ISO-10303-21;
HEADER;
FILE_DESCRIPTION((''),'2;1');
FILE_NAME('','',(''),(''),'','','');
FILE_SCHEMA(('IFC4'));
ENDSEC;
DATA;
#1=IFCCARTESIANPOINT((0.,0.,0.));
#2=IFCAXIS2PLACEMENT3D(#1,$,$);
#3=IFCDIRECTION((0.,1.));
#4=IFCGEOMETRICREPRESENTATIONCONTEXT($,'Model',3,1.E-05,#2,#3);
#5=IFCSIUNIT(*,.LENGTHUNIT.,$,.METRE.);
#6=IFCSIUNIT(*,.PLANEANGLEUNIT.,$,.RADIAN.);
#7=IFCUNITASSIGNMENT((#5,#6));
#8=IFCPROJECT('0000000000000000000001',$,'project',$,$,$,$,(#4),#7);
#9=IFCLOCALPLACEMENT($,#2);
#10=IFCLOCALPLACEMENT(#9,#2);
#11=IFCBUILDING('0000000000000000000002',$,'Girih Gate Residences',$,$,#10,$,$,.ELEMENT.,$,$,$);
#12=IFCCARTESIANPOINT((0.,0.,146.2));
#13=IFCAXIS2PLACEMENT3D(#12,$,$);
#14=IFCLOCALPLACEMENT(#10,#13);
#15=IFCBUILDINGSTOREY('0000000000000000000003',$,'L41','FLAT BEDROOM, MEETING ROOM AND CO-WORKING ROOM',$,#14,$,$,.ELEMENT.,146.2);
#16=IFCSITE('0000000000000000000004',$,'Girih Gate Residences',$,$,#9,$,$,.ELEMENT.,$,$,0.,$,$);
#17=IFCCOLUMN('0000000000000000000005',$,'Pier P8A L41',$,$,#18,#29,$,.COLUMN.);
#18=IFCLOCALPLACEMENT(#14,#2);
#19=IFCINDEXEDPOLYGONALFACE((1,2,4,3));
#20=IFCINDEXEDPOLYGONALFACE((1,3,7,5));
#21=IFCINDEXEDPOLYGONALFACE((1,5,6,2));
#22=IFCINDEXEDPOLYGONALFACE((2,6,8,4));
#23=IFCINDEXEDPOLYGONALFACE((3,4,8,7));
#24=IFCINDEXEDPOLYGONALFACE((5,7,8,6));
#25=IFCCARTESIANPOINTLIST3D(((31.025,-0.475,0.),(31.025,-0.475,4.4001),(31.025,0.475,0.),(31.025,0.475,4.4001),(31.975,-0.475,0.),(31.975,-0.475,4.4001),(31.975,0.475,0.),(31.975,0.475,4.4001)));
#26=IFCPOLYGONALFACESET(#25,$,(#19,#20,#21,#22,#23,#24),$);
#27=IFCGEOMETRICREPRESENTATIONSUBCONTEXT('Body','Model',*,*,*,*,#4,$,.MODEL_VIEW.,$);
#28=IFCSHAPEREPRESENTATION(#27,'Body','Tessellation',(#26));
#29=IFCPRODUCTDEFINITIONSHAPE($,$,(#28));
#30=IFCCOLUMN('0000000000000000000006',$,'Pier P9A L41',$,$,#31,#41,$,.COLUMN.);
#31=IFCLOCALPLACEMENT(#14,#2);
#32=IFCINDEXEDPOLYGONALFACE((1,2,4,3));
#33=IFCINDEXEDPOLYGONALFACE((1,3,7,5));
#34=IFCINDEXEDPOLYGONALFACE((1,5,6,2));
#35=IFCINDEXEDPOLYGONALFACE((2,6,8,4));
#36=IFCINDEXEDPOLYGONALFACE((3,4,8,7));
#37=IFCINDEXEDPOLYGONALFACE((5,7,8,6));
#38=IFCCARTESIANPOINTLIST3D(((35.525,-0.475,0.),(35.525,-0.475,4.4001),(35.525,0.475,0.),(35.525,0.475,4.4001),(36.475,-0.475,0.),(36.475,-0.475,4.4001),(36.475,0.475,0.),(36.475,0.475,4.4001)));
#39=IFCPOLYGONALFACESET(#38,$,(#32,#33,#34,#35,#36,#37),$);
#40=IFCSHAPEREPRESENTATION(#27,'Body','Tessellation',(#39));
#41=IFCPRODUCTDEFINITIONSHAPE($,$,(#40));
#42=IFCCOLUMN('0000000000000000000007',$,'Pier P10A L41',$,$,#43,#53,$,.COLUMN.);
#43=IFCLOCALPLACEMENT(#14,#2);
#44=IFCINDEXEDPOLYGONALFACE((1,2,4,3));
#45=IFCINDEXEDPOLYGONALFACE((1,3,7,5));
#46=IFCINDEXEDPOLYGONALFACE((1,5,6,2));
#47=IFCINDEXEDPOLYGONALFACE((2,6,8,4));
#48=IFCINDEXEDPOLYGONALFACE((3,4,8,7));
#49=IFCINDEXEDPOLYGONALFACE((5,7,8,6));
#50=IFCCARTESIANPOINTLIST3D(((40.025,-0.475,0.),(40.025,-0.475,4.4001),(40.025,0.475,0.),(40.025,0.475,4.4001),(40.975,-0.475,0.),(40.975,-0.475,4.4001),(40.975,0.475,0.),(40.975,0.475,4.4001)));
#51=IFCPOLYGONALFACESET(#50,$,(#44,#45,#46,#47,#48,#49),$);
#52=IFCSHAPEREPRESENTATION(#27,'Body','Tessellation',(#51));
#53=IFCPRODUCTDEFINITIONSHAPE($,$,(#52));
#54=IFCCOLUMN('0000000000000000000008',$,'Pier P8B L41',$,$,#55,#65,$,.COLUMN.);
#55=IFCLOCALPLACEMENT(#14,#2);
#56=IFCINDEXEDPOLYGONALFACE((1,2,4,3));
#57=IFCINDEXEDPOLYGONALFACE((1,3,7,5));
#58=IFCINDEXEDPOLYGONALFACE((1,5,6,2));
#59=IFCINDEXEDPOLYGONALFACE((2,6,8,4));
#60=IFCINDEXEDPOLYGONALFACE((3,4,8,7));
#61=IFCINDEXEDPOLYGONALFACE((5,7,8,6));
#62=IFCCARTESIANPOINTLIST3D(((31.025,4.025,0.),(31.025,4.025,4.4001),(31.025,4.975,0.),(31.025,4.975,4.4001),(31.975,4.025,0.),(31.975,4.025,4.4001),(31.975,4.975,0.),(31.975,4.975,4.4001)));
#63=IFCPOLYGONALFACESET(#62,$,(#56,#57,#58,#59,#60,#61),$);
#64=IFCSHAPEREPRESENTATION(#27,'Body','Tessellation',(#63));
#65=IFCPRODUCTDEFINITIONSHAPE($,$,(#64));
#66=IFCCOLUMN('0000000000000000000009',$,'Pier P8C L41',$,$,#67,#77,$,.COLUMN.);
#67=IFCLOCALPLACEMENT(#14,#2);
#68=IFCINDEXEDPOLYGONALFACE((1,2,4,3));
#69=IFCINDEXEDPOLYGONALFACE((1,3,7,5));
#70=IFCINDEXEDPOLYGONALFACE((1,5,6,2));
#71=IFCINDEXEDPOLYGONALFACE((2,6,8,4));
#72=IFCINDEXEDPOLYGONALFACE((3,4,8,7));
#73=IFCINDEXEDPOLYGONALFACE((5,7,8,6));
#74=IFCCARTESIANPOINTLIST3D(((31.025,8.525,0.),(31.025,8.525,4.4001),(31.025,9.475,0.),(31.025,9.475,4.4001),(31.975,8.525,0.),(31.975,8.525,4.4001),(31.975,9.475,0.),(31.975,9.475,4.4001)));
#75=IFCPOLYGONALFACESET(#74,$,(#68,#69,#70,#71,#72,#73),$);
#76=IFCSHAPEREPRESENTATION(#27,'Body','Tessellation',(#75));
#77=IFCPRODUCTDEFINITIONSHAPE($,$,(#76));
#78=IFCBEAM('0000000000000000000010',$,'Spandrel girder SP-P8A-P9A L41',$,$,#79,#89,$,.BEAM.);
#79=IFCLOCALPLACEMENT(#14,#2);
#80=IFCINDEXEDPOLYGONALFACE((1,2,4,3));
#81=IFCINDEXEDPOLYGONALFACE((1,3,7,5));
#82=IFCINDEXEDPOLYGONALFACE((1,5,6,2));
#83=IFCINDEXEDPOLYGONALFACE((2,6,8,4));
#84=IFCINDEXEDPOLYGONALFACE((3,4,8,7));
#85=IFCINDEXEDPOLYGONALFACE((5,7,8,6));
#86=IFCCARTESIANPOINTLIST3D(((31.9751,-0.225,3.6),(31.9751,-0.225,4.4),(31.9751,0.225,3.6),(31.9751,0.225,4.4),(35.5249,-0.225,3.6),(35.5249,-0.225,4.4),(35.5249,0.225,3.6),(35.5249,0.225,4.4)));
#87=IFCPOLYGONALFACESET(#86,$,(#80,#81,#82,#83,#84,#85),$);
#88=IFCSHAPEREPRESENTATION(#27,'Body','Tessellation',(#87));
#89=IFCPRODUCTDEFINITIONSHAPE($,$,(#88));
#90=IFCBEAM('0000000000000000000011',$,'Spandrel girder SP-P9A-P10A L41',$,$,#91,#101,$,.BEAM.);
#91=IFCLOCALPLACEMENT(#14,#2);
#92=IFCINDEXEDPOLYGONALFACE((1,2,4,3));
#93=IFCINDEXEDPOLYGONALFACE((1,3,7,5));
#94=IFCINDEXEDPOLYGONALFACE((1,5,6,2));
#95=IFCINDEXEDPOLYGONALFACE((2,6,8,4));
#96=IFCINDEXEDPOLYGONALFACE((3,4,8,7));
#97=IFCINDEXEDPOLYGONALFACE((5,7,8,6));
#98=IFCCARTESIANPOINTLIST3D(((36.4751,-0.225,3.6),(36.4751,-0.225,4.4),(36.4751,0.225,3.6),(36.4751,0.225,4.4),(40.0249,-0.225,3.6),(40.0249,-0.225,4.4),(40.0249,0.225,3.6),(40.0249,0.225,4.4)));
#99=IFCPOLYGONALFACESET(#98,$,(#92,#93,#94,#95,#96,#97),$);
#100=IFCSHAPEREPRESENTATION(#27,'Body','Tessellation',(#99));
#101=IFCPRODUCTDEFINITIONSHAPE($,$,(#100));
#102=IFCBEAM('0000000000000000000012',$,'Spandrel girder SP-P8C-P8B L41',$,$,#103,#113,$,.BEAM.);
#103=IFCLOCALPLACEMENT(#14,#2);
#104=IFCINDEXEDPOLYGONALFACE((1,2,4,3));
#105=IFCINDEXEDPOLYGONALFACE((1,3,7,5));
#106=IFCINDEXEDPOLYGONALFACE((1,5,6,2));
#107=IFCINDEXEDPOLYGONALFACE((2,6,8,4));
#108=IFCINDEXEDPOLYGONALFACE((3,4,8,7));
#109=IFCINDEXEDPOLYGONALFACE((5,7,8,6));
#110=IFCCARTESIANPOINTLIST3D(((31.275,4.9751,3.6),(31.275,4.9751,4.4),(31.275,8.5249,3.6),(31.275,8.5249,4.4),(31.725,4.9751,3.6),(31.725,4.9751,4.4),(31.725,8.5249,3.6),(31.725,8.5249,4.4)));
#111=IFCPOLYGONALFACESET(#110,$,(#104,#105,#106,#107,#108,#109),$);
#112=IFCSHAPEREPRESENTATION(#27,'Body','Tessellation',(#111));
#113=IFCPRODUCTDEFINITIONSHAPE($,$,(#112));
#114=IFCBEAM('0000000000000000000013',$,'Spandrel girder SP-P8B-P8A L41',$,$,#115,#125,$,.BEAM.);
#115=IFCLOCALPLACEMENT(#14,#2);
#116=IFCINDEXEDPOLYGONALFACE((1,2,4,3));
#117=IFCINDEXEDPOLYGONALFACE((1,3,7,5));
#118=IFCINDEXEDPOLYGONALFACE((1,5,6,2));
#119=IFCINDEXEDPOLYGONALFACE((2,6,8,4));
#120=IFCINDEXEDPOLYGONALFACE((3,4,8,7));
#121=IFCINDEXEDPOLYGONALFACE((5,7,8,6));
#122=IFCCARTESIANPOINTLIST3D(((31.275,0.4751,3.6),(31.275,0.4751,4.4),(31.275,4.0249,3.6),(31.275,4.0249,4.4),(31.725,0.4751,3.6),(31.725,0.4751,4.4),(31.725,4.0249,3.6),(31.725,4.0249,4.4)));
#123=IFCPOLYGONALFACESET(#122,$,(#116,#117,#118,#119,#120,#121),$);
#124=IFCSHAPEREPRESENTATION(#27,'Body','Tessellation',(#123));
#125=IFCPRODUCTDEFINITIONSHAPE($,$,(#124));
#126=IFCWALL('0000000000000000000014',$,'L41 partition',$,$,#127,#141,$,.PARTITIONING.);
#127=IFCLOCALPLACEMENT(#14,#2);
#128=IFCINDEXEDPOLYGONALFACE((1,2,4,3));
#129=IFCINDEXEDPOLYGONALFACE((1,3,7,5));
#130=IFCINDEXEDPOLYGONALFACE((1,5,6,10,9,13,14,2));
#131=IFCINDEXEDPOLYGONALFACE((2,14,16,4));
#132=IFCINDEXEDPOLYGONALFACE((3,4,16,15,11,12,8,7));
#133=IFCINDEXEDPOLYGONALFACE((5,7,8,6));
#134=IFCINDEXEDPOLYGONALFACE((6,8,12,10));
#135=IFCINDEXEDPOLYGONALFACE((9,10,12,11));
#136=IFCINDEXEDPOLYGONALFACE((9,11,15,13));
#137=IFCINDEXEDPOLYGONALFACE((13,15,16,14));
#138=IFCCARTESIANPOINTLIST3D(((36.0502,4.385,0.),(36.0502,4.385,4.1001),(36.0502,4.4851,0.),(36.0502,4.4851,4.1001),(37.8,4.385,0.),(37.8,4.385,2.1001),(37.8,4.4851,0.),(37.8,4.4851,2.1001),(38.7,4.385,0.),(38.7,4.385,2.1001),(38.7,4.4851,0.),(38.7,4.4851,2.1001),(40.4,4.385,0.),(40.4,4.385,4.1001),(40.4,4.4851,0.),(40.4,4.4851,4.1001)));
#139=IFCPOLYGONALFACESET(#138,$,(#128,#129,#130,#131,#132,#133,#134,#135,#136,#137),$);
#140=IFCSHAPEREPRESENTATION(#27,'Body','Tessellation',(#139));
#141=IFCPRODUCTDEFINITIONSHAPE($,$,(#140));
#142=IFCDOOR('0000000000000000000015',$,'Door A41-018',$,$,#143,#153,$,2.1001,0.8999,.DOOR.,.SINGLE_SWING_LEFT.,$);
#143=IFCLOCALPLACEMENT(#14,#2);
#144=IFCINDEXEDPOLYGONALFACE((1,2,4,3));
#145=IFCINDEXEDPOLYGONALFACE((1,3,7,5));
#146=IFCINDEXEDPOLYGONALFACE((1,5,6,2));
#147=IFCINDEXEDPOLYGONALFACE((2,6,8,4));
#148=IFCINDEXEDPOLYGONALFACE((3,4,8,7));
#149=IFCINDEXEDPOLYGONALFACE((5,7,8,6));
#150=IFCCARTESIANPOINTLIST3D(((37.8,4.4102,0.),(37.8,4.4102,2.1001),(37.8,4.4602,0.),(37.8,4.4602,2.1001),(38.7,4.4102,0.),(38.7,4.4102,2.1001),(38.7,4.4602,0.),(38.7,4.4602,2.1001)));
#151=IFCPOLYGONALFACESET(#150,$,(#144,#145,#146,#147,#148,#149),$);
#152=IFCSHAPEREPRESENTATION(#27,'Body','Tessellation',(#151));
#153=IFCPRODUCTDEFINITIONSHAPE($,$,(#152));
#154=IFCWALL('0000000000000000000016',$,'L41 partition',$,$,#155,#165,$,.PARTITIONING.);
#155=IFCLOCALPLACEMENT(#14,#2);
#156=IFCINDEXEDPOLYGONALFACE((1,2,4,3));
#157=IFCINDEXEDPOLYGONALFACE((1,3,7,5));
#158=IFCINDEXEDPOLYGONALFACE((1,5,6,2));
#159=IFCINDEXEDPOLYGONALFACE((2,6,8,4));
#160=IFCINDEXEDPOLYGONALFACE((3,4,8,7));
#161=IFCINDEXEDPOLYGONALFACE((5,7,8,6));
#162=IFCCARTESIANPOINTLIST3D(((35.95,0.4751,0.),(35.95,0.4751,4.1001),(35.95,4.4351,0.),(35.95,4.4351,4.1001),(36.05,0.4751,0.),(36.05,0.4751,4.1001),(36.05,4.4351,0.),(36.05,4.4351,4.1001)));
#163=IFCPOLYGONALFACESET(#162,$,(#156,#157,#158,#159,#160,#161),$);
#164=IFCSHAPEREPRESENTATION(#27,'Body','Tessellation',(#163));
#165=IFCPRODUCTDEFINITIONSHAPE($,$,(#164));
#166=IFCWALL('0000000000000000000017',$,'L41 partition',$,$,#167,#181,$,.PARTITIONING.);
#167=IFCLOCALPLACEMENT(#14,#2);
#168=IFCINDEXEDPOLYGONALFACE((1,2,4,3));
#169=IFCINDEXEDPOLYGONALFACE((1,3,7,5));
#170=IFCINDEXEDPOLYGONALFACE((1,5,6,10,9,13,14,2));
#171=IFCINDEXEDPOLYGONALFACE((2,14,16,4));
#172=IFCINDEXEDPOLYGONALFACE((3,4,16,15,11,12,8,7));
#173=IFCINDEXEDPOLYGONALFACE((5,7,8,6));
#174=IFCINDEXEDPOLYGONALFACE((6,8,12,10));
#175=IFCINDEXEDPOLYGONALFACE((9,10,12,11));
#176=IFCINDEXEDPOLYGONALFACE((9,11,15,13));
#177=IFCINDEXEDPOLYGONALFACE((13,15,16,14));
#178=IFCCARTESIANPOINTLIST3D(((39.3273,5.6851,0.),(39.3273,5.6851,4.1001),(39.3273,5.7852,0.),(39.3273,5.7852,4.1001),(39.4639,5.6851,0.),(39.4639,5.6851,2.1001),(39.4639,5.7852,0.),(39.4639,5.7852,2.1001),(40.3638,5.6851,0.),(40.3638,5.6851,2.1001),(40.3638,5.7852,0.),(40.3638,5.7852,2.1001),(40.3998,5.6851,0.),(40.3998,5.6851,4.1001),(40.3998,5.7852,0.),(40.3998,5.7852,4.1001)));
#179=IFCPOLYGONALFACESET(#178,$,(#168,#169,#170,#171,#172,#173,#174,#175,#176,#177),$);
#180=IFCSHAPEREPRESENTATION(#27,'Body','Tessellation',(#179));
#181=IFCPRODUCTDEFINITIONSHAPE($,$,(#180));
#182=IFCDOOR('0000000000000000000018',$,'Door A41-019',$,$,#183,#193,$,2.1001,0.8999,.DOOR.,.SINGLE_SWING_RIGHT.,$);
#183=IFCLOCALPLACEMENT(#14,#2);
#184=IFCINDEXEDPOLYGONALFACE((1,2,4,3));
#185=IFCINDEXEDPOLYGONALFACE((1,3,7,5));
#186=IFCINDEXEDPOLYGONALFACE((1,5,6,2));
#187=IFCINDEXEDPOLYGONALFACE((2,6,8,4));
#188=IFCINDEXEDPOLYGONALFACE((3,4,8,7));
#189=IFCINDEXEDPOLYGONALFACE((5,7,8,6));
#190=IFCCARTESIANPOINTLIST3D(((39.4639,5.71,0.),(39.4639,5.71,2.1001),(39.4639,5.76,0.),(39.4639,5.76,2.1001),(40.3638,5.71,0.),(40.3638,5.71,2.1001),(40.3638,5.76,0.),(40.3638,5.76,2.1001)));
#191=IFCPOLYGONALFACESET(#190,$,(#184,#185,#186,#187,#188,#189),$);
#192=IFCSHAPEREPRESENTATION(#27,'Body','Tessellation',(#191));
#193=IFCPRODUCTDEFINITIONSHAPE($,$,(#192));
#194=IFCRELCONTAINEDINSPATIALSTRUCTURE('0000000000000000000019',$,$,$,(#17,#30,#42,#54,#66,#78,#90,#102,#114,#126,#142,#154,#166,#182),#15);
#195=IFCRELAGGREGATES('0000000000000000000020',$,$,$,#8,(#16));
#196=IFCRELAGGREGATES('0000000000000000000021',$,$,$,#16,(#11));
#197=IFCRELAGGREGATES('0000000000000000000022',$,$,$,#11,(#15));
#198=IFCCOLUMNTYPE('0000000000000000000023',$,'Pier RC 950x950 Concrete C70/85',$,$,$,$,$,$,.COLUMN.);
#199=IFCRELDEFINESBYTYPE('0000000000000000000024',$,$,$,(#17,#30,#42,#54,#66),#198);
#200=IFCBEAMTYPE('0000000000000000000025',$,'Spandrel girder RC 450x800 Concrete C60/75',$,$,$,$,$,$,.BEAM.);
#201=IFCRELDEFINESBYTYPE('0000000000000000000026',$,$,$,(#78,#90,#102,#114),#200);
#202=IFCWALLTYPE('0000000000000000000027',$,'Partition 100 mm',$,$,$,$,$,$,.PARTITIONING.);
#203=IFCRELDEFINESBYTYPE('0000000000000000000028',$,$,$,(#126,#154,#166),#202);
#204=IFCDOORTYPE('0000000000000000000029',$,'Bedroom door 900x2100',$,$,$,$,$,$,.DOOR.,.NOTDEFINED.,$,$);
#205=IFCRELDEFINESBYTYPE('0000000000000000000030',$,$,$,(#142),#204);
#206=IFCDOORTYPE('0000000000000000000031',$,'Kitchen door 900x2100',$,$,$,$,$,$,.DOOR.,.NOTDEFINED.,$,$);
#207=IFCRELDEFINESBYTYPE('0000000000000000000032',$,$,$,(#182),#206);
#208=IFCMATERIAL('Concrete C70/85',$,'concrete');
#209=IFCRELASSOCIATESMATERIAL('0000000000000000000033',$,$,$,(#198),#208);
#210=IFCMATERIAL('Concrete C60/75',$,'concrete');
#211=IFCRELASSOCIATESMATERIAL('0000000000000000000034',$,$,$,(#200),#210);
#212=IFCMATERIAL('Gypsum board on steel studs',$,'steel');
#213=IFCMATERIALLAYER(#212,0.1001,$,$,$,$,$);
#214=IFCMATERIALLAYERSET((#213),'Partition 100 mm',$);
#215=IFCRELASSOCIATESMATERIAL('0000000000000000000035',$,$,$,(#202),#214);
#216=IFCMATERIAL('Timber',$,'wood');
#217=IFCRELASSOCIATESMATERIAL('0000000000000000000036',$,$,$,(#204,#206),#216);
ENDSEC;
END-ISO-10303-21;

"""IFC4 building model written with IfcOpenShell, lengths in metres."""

from ifc_helpers import new_model, si_unit, direction, frame, frame_2d, origin, origin_2d, place, context, subcontext, project, spatial, rectangle, extrude, material, layer, layer_set, material_profile, profile_set, type_object, element, fill, save


model = new_model("IFC4")

# Units and contexts
model_context = context("Model", 3, precision=1e-05, world=origin(), true_north=direction((0.0, 1.0)))
body_context = subcontext(model_context, "Body", "Model", "MODEL_VIEW")
ifc_project = project(units=[si_unit("LENGTHUNIT", "METRE"), si_unit("PLANEANGLEUNIT", "RADIAN")], contexts=[model_context])

# Site, building, storey
site_placement = place(None, origin())
site = spatial("IfcSite", under=ifc_project, at=site_placement, Name="Girih Gate Residences", CompositionType="ELEMENT", RefElevation=0.0)
building_placement = place(site_placement, origin())
building = spatial("IfcBuilding", under=site, at=building_placement, Name="Girih Gate Residences", CompositionType="ELEMENT")
storey_placement = place(building_placement, frame((0.0, 0.0, 146.2)))
storey = spatial("IfcBuildingStorey", under=building, at=storey_placement, Name="L41", Description="FLAT BEDROOM, MEETING ROOM AND CO-WORKING ROOM", CompositionType="ELEMENT", Elevation=146.2)

# Columns
ifc_material_1 = material(Name="Concrete C70/85", Category="concrete")
ifc_material_profile_1 = material_profile(ifc_material_1, rectangle(XDim=0.95, YDim=0.95, at=origin_2d()))
ifc_profile_set_1 = profile_set([ifc_material_profile_1], Name="Concrete C70/85")
column_type = type_object("IfcColumnType", Name="Pier RC 950x950 Concrete C70/85", PredefinedType="COLUMN", material=ifc_profile_set_1)
for number, where, z_axis, x_axis, name in (
    (1, (31.5, 0.0, 0.0), (0.0, 0.0, 1.0), (1.0, 0.0, 0.0), "Pier P8A L41"),
    (2, (36.0, 0.0, 0.0), (0.0, 0.0, 1.0), (1.0, 0.0, 0.0), "Pier P9A L41"),
    (3, (40.5, 0.0, 0.0), (0.0, 0.0, 1.0), (1.0, 0.0, 0.0), "Pier P10A L41"),
    (4, (31.5, 4.5, 0.0), (0.0, 0.0, 1.0), (1.0, 0.0, 0.0), "Pier P8B L41"),
    (5, (31.5, 9.0, 0.0), (0.0, 0.0, 1.0), (1.0, 0.0, 0.0), "Pier P8C L41"),
):
    element("IfcColumn", number, at=place(storey_placement, frame(where, z_axis=z_axis, x_axis=x_axis)), inside=storey, type_object=column_type, Name=name, PredefinedType="COLUMN", context=body_context, shape_type="SweptSolid", body=[
        extrude(rectangle(XDim=0.95, YDim=0.95, at=origin_2d()), origin(), (0.0, 0.0, 1.0), 4.4001),
    ])

# Beams
ifc_material_2 = material(Name="Concrete C60/75", Category="concrete")
ifc_material_profile_2 = material_profile(ifc_material_2, rectangle(XDim=0.45, YDim=0.8, at=origin_2d()))
ifc_profile_set_2 = profile_set([ifc_material_profile_2], Name="Concrete C60/75")
beam_type = type_object("IfcBeamType", Name="Spandrel girder RC 450x800 Concrete C60/75", PredefinedType="BEAM", material=ifc_profile_set_2)
for number, where, z_axis, x_axis, name in (
    (6, (31.9751, 0.0, 4.0), (1.0, 0.0, 0.0), (0.0, 1.0, 0.0), "Spandrel girder SP-P8A-P9A L41"),
    (7, (36.4751, 0.0, 4.0), (1.0, 0.0, 0.0), (0.0, 1.0, 0.0), "Spandrel girder SP-P9A-P10A L41"),
    (8, (31.5, 8.5249, 4.0), (0.0, -1.0, 0.0), (1.0, 0.0, 0.0), "Spandrel girder SP-P8C-P8B L41"),
    (9, (31.5, 4.0249, 4.0), (0.0, -1.0, 0.0), (1.0, 0.0, 0.0), "Spandrel girder SP-P8B-P8A L41"),
):
    element("IfcBeam", number, at=place(storey_placement, frame(where, z_axis=z_axis, x_axis=x_axis)), inside=storey, type_object=beam_type, Name=name, PredefinedType="BEAM", context=body_context, shape_type="SweptSolid", body=[
        extrude(rectangle(XDim=0.45, YDim=0.8, at=origin_2d()), origin(), (0.0, 0.0, 1.0), 3.5498),
    ])

# Wall, opening, door
ifc_material_3 = material(Name="Gypsum board on steel studs", Category="steel")
ifc_layer_1 = layer(ifc_material_3, 0.1001)
ifc_layer_set_1 = layer_set([ifc_layer_1], Name="Partition 100 mm")
wall_type_1 = type_object("IfcWallType", Name="Partition 100 mm", PredefinedType="PARTITIONING", material=ifc_layer_set_1)
wall_1_placement = place(storey_placement, frame((40.3999, 4.4351, 0.0), z_axis=(0.0, 0.0, 1.0), x_axis=(-1.0, 0.0, 0.0)))
wall_1 = element("IfcWall", 10, at=wall_1_placement, inside=storey, type_object=wall_type_1, Name="L41 partition", PredefinedType="PARTITIONING", context=body_context, shape_type="SweptSolid", body=[
    extrude(rectangle(XDim=4.3499, YDim=0.1001, at=frame_2d((2.1748, 0.0))), origin(), (0.0, 0.0, 1.0), 4.1001),
])
opening_1_placement = place(wall_1_placement, frame((1.7, 0.0, 0.0)))
opening_1 = element("IfcOpeningElement", 11, at=opening_1_placement, cuts=wall_1, PredefinedType="OPENING", context=body_context, shape_type="SweptSolid", body=[
    extrude(rectangle(XDim=0.8999, YDim=2.1001, at=frame_2d((0.45, 1.05))), frame((0.0, 0.0601, 0.0), z_axis=(0.0, -1.0, 0.0), x_axis=(1.0, 0.0, 0.0)), (0.0, 0.0, 1.0), 0.1201),
])
ifc_material_4 = material(Name="Timber", Category="wood")
door_type_1 = type_object("IfcDoorType", Name="Bedroom door 900x2100", OperationType="NOTDEFINED", PredefinedType="DOOR", material=ifc_material_4)
door_1_placement = place(opening_1_placement, origin())
door_1 = element("IfcDoor", 12, at=door_1_placement, inside=storey, type_object=door_type_1, Name="Door A41-018", OperationType="SINGLE_SWING_LEFT", OverallHeight=2.1001, OverallWidth=0.8999, PredefinedType="DOOR", context=body_context, shape_type="SweptSolid", body=[
    extrude(rectangle(XDim=0.8999, YDim=2.1001, at=frame_2d((0.45, 1.05))), frame((0.0, 0.0249, 0.0), z_axis=(0.0, -1.0, 0.0), x_axis=(1.0, 0.0, 0.0)), (0.0, 0.0, 1.0), 0.05),
])
fill(opening_1, door_1)

# Wall
wall_2_placement = place(storey_placement, frame((36.0, 0.4751, 0.0), z_axis=(0.0, 0.0, 1.0), x_axis=(0.0, 1.0, 0.0)))
element("IfcWall", 13, at=wall_2_placement, inside=storey, type_object=wall_type_1, Name="L41 partition", PredefinedType="PARTITIONING", context=body_context, shape_type="SweptSolid", body=[
    extrude(rectangle(XDim=3.96, YDim=0.1001, at=frame_2d((1.98, 0.0))), origin(), (0.0, 0.0, 1.0), 4.1001),
])

# Wall, opening, door
wall_3_placement = place(storey_placement, frame((39.3274, 5.7351, 0.0), z_axis=(0.0, 0.0, 1.0), x_axis=(1.0, 0.0, 0.0)))
wall_3 = element("IfcWall", 14, at=wall_3_placement, inside=storey, type_object=wall_type_1, Name="L41 partition", PredefinedType="PARTITIONING", context=body_context, shape_type="SweptSolid", body=[
    extrude(rectangle(XDim=1.0725, YDim=0.1001, at=frame_2d((0.5361, 0.0))), origin(), (0.0, 0.0, 1.0), 4.1001),
])
opening_2_placement = place(wall_3_placement, frame((0.1365, 0.0, 0.0)))
opening_2 = element("IfcOpeningElement", 15, at=opening_2_placement, cuts=wall_3, PredefinedType="OPENING", context=body_context, shape_type="SweptSolid", body=[
    extrude(rectangle(XDim=0.8999, YDim=2.1001, at=frame_2d((0.45, 1.05))), frame((0.0, 0.0601, 0.0), z_axis=(0.0, -1.0, 0.0), x_axis=(1.0, 0.0, 0.0)), (0.0, 0.0, 1.0), 0.1201),
])
door_type_2 = type_object("IfcDoorType", Name="Kitchen door 900x2100", OperationType="NOTDEFINED", PredefinedType="DOOR", material=ifc_material_4)
door_2_placement = place(opening_2_placement, origin())
door_2 = element("IfcDoor", 16, at=door_2_placement, inside=storey, type_object=door_type_2, Name="Door A41-019", OperationType="SINGLE_SWING_RIGHT", OverallHeight=2.1001, OverallWidth=0.8999, PredefinedType="DOOR", context=body_context, shape_type="SweptSolid", body=[
    extrude(rectangle(XDim=0.8999, YDim=2.1001, at=frame_2d((0.45, 1.05))), frame((0.0, 0.0249, 0.0), z_axis=(0.0, -1.0, 0.0), x_axis=(1.0, 0.0, 0.0)), (0.0, 0.0, 1.0), 0.05),
])
fill(opening_2, door_2)

save(model, "model.ifc")
